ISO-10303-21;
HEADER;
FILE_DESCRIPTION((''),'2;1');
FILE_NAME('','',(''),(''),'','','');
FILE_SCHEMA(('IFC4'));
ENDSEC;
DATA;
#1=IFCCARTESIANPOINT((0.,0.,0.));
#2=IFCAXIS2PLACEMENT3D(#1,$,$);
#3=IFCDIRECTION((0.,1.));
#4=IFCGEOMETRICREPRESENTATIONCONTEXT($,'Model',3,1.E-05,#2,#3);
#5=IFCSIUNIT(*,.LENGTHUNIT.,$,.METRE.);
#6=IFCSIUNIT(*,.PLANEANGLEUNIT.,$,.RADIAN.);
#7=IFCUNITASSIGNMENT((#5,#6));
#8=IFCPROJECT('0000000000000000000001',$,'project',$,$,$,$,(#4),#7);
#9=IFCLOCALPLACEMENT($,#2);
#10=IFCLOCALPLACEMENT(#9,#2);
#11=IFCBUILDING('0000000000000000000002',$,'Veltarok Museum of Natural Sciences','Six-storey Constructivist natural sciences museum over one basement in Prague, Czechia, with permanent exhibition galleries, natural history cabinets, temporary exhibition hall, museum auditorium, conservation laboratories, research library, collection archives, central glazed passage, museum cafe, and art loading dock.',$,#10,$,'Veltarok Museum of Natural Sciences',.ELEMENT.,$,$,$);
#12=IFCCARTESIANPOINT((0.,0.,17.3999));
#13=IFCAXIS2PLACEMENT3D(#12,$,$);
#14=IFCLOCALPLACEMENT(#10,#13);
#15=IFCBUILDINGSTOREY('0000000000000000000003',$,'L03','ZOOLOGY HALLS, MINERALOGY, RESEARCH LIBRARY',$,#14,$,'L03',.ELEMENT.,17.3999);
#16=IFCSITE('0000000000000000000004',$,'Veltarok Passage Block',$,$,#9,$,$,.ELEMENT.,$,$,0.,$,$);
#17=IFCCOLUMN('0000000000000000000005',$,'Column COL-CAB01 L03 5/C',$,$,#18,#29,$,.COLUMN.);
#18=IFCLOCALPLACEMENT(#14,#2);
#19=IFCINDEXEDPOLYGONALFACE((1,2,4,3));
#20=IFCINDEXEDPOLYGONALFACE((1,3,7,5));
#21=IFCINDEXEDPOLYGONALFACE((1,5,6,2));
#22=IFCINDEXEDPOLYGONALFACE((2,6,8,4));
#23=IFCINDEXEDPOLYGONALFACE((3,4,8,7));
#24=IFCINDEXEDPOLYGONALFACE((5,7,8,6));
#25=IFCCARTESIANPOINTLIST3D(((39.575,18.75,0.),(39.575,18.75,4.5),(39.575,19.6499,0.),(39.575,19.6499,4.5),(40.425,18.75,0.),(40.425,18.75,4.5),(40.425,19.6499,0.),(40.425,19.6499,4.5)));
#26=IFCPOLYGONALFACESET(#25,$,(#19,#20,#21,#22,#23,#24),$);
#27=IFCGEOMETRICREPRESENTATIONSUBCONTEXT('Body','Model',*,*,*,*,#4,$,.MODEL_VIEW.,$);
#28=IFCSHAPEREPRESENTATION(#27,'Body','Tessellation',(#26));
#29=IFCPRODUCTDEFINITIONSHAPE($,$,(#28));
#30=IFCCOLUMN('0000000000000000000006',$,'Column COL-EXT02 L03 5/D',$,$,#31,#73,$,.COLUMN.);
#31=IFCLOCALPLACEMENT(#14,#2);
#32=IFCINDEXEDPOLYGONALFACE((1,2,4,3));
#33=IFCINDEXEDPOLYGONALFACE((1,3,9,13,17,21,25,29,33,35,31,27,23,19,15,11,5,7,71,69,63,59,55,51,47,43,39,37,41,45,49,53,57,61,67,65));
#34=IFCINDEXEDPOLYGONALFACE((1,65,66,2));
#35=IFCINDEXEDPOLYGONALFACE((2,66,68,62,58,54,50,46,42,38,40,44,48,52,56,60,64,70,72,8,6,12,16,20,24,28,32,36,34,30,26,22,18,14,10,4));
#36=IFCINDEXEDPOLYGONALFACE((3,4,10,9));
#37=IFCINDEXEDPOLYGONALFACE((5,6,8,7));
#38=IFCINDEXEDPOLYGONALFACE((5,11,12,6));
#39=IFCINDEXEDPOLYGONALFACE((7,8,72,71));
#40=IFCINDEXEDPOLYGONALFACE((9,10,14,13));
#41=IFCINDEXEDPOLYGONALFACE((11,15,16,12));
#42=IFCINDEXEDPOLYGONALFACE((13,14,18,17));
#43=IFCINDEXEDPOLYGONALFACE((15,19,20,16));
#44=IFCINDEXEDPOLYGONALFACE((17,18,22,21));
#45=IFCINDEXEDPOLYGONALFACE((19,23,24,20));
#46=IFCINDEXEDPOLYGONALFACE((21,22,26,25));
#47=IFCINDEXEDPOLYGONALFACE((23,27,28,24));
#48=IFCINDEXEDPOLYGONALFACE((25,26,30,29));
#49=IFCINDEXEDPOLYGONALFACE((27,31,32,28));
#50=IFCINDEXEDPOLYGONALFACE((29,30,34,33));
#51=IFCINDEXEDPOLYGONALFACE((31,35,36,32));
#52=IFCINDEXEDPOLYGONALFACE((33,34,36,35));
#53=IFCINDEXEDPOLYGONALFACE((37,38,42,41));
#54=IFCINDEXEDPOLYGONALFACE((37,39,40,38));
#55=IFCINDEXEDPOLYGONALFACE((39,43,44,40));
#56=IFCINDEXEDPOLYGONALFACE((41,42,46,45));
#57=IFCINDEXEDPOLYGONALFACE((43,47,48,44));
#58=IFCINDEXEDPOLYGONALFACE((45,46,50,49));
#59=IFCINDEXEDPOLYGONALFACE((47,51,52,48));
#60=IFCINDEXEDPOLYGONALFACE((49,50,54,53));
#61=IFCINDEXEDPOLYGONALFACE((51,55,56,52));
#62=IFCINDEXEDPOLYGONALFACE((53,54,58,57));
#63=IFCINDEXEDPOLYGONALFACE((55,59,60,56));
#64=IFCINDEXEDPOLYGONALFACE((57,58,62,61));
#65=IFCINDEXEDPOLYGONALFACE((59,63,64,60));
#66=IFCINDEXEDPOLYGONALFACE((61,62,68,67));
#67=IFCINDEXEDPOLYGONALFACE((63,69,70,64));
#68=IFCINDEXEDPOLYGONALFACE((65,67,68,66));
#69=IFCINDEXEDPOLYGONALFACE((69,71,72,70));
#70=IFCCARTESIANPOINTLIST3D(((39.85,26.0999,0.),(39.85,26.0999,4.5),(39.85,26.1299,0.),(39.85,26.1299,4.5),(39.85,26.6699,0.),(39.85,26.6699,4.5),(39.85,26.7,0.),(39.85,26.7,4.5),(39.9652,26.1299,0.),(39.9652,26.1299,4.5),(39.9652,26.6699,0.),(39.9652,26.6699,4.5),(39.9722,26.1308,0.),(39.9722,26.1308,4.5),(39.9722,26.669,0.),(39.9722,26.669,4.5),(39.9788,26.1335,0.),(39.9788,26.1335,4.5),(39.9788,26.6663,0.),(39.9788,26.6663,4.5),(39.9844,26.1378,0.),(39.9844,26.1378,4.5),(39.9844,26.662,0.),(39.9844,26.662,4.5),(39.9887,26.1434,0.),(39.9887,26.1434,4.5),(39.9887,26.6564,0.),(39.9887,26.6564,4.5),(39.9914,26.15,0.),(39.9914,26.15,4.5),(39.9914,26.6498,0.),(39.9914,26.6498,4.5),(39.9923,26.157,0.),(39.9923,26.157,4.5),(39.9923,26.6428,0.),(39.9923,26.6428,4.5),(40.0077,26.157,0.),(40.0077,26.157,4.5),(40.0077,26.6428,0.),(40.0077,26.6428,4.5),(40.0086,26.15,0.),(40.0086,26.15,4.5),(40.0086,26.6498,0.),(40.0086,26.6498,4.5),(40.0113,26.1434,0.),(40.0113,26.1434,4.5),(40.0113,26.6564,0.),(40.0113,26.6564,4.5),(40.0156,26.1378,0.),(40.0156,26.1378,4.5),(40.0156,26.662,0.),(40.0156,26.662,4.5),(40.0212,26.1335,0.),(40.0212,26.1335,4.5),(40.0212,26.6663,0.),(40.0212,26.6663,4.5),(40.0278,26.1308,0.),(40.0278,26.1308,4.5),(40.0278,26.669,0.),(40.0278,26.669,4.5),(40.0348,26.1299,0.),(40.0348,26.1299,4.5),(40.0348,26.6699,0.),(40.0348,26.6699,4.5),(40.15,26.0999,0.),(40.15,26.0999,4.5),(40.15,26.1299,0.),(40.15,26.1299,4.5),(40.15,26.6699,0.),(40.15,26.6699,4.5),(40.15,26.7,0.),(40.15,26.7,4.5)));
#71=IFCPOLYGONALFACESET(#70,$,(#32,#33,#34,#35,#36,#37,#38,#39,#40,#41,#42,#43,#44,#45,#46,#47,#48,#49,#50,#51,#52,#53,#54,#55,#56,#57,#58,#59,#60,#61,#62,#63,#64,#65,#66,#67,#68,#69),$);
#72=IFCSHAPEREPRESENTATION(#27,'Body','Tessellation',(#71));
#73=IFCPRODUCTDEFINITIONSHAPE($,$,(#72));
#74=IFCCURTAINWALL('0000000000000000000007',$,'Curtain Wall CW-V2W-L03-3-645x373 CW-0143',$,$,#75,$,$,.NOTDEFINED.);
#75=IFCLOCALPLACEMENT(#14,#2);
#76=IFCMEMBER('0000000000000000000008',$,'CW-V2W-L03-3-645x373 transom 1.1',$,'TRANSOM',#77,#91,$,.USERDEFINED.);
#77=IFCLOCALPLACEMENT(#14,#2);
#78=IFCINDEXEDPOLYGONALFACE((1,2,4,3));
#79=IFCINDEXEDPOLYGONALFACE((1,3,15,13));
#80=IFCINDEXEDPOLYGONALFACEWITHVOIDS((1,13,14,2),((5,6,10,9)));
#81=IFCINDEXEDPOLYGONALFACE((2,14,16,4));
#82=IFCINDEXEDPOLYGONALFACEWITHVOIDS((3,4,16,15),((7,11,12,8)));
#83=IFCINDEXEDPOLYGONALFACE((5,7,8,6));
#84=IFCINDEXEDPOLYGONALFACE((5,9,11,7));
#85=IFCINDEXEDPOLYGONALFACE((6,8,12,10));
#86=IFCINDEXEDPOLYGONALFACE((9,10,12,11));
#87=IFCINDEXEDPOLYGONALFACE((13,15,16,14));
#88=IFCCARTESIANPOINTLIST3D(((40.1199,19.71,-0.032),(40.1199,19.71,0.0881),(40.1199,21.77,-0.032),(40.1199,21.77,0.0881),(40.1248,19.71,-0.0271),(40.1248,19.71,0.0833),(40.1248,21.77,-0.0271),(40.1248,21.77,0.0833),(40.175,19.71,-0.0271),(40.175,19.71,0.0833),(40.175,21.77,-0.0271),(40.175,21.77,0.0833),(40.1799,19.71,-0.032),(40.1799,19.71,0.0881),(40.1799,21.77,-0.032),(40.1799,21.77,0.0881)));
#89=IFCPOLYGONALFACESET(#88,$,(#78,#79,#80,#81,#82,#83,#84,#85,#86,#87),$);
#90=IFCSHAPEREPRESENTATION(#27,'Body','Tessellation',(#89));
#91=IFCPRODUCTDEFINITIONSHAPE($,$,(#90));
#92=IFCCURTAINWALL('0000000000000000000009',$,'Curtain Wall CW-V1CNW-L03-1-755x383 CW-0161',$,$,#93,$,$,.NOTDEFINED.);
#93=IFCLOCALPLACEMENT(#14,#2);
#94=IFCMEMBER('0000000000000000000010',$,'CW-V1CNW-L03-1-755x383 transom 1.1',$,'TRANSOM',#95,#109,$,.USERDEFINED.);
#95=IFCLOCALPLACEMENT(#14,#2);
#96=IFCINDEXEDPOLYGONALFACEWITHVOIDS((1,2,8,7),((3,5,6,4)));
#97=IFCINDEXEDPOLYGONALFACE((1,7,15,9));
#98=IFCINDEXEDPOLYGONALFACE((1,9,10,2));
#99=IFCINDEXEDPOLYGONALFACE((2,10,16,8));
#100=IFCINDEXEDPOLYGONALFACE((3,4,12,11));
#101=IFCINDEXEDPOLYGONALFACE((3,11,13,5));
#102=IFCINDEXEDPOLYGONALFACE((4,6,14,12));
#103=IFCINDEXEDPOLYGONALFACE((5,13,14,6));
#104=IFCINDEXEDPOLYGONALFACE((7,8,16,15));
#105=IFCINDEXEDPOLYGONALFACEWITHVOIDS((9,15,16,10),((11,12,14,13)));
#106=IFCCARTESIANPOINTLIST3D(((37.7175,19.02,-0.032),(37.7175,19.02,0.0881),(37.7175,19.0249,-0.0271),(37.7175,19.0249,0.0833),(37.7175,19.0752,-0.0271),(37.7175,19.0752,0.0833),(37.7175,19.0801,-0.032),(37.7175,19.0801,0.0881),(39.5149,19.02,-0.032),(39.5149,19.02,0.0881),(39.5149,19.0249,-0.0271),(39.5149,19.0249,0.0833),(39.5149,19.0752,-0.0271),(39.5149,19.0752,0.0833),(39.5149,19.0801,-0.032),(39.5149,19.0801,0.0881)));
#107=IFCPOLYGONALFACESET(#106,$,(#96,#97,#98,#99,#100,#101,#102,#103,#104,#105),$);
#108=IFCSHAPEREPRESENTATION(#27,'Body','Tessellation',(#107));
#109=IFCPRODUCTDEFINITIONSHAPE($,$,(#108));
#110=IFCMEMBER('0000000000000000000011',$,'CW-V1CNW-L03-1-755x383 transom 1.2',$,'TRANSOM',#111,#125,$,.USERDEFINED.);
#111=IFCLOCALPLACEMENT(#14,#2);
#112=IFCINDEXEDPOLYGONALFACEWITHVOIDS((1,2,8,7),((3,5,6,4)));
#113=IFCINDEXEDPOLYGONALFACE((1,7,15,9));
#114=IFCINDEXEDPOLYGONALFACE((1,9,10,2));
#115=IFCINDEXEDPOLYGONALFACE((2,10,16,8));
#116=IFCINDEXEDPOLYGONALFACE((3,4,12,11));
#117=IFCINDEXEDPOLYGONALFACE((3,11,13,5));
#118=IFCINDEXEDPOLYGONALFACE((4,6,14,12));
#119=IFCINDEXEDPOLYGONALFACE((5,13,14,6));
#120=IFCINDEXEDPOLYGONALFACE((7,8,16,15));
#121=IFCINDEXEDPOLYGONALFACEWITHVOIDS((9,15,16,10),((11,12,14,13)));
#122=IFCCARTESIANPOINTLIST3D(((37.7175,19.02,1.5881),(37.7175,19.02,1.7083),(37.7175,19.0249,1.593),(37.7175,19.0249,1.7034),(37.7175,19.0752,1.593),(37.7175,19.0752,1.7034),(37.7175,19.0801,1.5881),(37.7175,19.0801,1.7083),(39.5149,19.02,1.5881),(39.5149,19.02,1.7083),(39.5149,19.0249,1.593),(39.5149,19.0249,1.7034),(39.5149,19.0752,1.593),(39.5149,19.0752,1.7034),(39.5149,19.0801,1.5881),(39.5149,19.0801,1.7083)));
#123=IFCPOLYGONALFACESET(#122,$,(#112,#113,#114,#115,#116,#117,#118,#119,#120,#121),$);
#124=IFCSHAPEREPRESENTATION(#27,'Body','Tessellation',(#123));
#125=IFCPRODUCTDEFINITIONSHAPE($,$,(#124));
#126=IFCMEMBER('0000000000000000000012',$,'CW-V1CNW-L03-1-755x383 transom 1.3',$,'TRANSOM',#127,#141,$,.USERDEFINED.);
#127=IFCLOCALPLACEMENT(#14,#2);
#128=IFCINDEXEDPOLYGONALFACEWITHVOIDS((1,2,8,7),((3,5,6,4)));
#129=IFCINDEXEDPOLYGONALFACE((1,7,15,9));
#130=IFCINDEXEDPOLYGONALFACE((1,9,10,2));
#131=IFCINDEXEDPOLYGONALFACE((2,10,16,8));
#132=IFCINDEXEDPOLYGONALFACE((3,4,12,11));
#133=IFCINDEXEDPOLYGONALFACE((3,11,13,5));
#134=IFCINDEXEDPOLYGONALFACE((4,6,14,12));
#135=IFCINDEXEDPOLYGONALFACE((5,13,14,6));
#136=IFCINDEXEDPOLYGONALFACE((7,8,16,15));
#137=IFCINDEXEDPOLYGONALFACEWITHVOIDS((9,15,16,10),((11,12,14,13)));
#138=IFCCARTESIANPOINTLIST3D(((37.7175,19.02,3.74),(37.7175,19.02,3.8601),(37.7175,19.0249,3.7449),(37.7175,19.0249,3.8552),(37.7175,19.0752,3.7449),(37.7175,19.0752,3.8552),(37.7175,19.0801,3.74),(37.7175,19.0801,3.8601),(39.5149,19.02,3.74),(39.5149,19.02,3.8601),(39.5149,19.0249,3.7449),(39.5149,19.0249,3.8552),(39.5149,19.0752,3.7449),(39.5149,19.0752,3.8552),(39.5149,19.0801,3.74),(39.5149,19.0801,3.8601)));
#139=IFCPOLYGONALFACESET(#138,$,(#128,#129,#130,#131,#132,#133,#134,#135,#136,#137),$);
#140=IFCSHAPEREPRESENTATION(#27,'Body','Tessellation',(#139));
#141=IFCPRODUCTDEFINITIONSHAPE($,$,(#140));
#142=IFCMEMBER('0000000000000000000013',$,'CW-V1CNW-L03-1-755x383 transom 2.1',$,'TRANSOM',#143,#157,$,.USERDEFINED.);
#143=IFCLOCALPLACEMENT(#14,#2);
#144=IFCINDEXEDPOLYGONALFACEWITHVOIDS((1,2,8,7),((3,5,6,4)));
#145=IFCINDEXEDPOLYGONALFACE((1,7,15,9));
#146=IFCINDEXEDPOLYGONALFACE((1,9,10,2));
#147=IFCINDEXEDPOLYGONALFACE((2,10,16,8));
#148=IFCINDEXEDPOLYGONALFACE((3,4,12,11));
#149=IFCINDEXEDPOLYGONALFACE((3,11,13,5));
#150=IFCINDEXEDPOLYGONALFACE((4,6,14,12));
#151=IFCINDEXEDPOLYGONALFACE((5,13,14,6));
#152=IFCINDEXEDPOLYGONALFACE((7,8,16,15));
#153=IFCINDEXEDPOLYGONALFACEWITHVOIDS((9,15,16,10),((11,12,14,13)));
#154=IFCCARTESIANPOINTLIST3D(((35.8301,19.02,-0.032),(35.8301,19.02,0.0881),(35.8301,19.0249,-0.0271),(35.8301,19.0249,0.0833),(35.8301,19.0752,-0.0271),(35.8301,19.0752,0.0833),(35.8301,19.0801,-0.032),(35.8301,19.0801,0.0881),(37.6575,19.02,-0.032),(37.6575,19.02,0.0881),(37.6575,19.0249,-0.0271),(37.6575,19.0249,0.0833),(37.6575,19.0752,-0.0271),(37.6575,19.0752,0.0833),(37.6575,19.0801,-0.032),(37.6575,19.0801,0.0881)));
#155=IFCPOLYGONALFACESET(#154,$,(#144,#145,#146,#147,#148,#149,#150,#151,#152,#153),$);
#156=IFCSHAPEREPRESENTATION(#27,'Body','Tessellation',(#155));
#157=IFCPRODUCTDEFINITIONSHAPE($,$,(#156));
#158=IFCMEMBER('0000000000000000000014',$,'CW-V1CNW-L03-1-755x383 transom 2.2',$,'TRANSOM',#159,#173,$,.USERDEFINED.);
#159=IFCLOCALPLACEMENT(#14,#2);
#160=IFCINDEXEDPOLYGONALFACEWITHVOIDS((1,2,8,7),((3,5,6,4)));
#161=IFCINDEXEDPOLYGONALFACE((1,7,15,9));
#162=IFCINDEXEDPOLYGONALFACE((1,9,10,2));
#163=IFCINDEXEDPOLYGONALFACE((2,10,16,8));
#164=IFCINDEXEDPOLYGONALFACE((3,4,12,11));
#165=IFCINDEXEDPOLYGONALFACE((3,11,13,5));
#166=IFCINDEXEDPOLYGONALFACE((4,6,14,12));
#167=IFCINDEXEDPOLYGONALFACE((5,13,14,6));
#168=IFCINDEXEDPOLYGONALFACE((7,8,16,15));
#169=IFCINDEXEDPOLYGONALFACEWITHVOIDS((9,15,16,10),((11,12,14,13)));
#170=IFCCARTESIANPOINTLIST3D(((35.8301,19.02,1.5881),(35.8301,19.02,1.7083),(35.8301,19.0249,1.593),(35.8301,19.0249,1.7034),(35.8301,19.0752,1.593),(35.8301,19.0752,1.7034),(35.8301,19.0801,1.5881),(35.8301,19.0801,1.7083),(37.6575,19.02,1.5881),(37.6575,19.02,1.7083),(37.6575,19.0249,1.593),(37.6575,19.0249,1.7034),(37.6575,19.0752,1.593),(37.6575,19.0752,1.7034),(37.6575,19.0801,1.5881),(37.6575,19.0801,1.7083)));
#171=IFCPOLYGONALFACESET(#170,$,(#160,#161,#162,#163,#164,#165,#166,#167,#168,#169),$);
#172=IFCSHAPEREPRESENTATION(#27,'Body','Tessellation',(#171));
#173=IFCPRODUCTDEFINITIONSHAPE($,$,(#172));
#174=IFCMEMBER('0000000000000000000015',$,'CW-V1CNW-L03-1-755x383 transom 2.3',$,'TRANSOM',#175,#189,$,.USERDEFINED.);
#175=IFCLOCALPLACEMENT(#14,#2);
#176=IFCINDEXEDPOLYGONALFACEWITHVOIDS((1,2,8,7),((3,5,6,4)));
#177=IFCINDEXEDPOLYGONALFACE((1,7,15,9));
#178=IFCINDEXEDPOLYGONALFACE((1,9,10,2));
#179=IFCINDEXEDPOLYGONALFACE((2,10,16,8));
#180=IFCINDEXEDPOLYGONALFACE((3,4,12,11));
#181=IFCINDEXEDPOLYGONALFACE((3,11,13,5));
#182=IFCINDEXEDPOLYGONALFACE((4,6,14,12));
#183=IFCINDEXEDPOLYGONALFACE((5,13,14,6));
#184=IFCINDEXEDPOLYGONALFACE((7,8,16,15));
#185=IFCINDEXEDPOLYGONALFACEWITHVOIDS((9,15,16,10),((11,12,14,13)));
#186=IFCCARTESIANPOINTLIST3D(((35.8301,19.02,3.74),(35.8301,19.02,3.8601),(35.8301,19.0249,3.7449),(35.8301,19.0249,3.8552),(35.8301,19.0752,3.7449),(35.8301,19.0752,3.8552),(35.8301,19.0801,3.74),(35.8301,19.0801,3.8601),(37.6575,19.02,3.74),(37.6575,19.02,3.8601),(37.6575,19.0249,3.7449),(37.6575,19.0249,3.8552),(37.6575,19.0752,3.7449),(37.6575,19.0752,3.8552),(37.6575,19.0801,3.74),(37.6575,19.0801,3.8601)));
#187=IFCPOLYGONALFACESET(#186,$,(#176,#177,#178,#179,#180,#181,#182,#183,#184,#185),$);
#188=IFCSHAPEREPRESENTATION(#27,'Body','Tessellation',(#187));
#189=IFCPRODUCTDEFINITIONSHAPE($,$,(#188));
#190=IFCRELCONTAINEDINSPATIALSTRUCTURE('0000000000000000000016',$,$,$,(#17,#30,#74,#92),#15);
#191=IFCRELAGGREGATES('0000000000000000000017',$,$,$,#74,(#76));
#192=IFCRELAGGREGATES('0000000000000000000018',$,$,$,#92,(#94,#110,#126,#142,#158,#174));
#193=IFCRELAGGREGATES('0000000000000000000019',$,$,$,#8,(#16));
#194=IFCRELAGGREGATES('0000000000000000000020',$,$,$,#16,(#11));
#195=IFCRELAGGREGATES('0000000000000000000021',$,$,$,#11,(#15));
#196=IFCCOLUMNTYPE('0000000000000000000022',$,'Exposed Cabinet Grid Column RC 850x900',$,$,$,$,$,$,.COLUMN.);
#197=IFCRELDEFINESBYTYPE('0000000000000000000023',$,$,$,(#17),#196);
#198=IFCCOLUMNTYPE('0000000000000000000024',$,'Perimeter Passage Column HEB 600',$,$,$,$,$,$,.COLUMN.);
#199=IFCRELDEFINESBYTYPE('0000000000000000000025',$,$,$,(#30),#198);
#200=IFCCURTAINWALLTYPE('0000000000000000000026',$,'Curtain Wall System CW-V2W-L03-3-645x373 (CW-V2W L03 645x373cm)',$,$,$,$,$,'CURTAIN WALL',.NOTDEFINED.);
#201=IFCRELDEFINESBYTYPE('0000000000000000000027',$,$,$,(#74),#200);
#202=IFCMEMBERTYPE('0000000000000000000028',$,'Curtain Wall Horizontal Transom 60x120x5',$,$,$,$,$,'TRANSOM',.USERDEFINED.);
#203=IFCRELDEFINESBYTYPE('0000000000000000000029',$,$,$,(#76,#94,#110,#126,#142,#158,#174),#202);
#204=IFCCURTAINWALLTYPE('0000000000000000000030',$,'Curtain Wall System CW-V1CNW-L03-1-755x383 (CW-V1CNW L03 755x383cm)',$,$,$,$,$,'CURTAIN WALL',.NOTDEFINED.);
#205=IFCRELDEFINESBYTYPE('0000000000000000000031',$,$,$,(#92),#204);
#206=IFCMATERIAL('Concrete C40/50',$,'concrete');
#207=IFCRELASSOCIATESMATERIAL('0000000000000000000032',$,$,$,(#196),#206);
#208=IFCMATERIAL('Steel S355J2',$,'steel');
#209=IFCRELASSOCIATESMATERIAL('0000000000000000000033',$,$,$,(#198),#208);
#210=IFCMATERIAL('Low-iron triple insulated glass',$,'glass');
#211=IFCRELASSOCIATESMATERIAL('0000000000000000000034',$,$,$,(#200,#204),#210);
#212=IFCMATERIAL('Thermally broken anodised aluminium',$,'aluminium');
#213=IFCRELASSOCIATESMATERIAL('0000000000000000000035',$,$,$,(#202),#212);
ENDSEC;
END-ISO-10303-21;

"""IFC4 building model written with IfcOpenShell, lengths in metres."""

from ifc_helpers import new_model, si_unit, direction, frame, origin, origin_2d, place, context, subcontext, project, spatial, rectangle, hollow_rectangle, i_section, extrude, material, material_profile, profile_set, type_object, element, aggregate, save


model = new_model("IFC4")

# Units and contexts
model_context = context("Model", 3, precision=1e-05, world=origin(), true_north=direction((0.0, 1.0)))
body_context = subcontext(model_context, "Body", "Model", "MODEL_VIEW")
ifc_project = project(units=[si_unit("LENGTHUNIT", "METRE"), si_unit("PLANEANGLEUNIT", "RADIAN")], contexts=[model_context])

# Site, building, storey
site_placement = place(None, origin())
site = spatial("IfcSite", under=ifc_project, at=site_placement, Name="Veltarok Passage Block", CompositionType="ELEMENT", RefElevation=0.0)
building_placement = place(site_placement, origin())
building = spatial("IfcBuilding", under=site, at=building_placement, Name="Veltarok Museum of Natural Sciences", Description="Six-storey Constructivist natural sciences museum over one basement in Prague, Czechia, with permanent exhibition galleries, natural history cabinets, temporary exhibition hall, museum auditorium, conservation laboratories, research library, collection archives, central glazed passage, museum cafe, and art loading dock.", LongName="Veltarok Museum of Natural Sciences", CompositionType="ELEMENT")
storey_placement = place(building_placement, frame((0.0, 0.0, 17.3999)))
storey = spatial("IfcBuildingStorey", under=building, at=storey_placement, Name="L03", Description="ZOOLOGY HALLS, MINERALOGY, RESEARCH LIBRARY", LongName="L03", CompositionType="ELEMENT", Elevation=17.3999)

# Columns
ifc_material_1 = material(Name="Concrete C40/50", Category="concrete")
ifc_material_profile_1 = material_profile(ifc_material_1, rectangle(XDim=0.8501, YDim=0.8999, at=origin_2d()), Name="RC 850x900")
ifc_profile_set_1 = profile_set([ifc_material_profile_1], Name="Concrete C40/50")
column_type_1 = type_object("IfcColumnType", Name="Exposed Cabinet Grid Column RC 850x900", PredefinedType="COLUMN", material=ifc_profile_set_1)
column_1_placement = place(storey_placement, frame((40.0, 19.2, 0.0), z_axis=(0.0, 0.0, 1.0), x_axis=(1.0, 0.0, 0.0)))
element("IfcColumn", 1, at=column_1_placement, inside=storey, type_object=column_type_1, Name="Column COL-CAB01 L03 5/C", PredefinedType="COLUMN", context=body_context, shape_type="SweptSolid", body=[
    extrude(rectangle(XDim=0.8501, YDim=0.8999, at=origin_2d()), origin(), (0.0, 0.0, 1.0), 4.5),
])
ifc_material_2 = material(Name="Steel S355J2", Category="steel")
ifc_material_profile_2 = material_profile(ifc_material_2, i_section(OverallWidth=0.3, OverallDepth=0.6001, WebThickness=0.0154, FlangeThickness=0.03, FilletRadius=0.0271, at=origin_2d()), Name="HEB 600")
ifc_profile_set_2 = profile_set([ifc_material_profile_2], Name="Steel S355J2")
column_type_2 = type_object("IfcColumnType", Name="Perimeter Passage Column HEB 600", PredefinedType="COLUMN", material=ifc_profile_set_2)
column_2_placement = place(storey_placement, frame((40.0, 26.3999, 0.0), z_axis=(0.0, 0.0, 1.0), x_axis=(1.0, 0.0, 0.0)))
element("IfcColumn", 2, at=column_2_placement, inside=storey, type_object=column_type_2, Name="Column COL-EXT02 L03 5/D", PredefinedType="COLUMN", context=body_context, shape_type="SweptSolid", body=[
    extrude(i_section(OverallWidth=0.3, OverallDepth=0.6001, WebThickness=0.0154, FlangeThickness=0.03, FilletRadius=0.0271, at=origin_2d()), origin(), (0.0, 0.0, 1.0), 4.5),
])

# Curtain wall, member
ifc_material_3 = material(Name="Low-iron triple insulated glass", Category="glass")
curtain_wall_type_1 = type_object("IfcCurtainWallType", Name="Curtain Wall System CW-V2W-L03-3-645x373 (CW-V2W L03 645x373cm)", ElementType="CURTAIN WALL", PredefinedType="NOTDEFINED", material=ifc_material_3)
curtain_wall_1_placement = place(storey_placement, origin())
curtain_wall_1 = element("IfcCurtainWall", 3, at=curtain_wall_1_placement, inside=storey, type_object=curtain_wall_type_1, Name="Curtain Wall CW-V2W-L03-3-645x373 CW-0143", PredefinedType="NOTDEFINED")
ifc_material_4 = material(Name="Thermally broken anodised aluminium", Category="aluminium")
ifc_material_profile_3 = material_profile(ifc_material_4, hollow_rectangle(XDim=0.0601, YDim=0.1201, WallThickness=0.0049, at=origin_2d()), Name="CW TRANSOM 60x120x5")
ifc_profile_set_3 = profile_set([ifc_material_profile_3], Name="Thermally broken anodised aluminium")
member_type_1 = type_object("IfcMemberType", Name="Curtain Wall Horizontal Transom 60x120x5", ElementType="TRANSOM", PredefinedType="USERDEFINED", material=ifc_profile_set_3)
member_1_placement = place(storey_placement, frame((40.1499, 19.71, 0.0281), z_axis=(0.0, 1.0, 0.0), x_axis=(-1.0, 0.0, 0.0)))
member_1 = element("IfcMember", 4, at=member_1_placement, type_object=member_type_1, Name="CW-V2W-L03-3-645x373 transom 1.1", ObjectType="TRANSOM", PredefinedType="USERDEFINED", context=body_context, shape_type="SweptSolid", body=[
    extrude(hollow_rectangle(XDim=0.0601, YDim=0.1201, WallThickness=0.0049, at=origin_2d()), origin(), (0.0, 0.0, 1.0), 2.0601),
])

# Curtain wall, members
curtain_wall_type_2 = type_object("IfcCurtainWallType", Name="Curtain Wall System CW-V1CNW-L03-1-755x383 (CW-V1CNW L03 755x383cm)", ElementType="CURTAIN WALL", PredefinedType="NOTDEFINED", material=ifc_material_3)
curtain_wall_2_placement = place(storey_placement, origin())
curtain_wall_2 = element("IfcCurtainWall", 5, at=curtain_wall_2_placement, inside=storey, type_object=curtain_wall_type_2, Name="Curtain Wall CW-V1CNW-L03-1-755x383 CW-0161", PredefinedType="NOTDEFINED")
member_2_placement = place(storey_placement, frame((39.5149, 19.05, 0.0281), z_axis=(-1.0, 0.0, 0.0), x_axis=(0.0, -1.0, 0.0)))
member_2 = element("IfcMember", 6, at=member_2_placement, type_object=member_type_1, Name="CW-V1CNW-L03-1-755x383 transom 1.1", ObjectType="TRANSOM", PredefinedType="USERDEFINED", context=body_context, shape_type="SweptSolid", body=[
    extrude(hollow_rectangle(XDim=0.0601, YDim=0.1201, WallThickness=0.0049, at=origin_2d()), origin(), (0.0, 0.0, 1.0), 1.7974),
])
member_3_placement = place(storey_placement, frame((39.5149, 19.05, 1.6482), z_axis=(-1.0, 0.0, 0.0), x_axis=(0.0, -1.0, 0.0)))
member_3 = element("IfcMember", 7, at=member_3_placement, type_object=member_type_1, Name="CW-V1CNW-L03-1-755x383 transom 1.2", ObjectType="TRANSOM", PredefinedType="USERDEFINED", context=body_context, shape_type="SweptSolid", body=[
    extrude(hollow_rectangle(XDim=0.0601, YDim=0.1201, WallThickness=0.0049, at=origin_2d()), origin(), (0.0, 0.0, 1.0), 1.7974),
])
member_4_placement = place(storey_placement, frame((39.5149, 19.05, 3.8), z_axis=(-1.0, 0.0, 0.0), x_axis=(0.0, -1.0, 0.0)))
member_4 = element("IfcMember", 8, at=member_4_placement, type_object=member_type_1, Name="CW-V1CNW-L03-1-755x383 transom 1.3", ObjectType="TRANSOM", PredefinedType="USERDEFINED", context=body_context, shape_type="SweptSolid", body=[
    extrude(hollow_rectangle(XDim=0.0601, YDim=0.1201, WallThickness=0.0049, at=origin_2d()), origin(), (0.0, 0.0, 1.0), 1.7974),
])
member_5_placement = place(storey_placement, frame((37.6575, 19.05, 0.0281), z_axis=(-1.0, 0.0, 0.0), x_axis=(0.0, -1.0, 0.0)))
member_5 = element("IfcMember", 9, at=member_5_placement, type_object=member_type_1, Name="CW-V1CNW-L03-1-755x383 transom 2.1", ObjectType="TRANSOM", PredefinedType="USERDEFINED", context=body_context, shape_type="SweptSolid", body=[
    extrude(hollow_rectangle(XDim=0.0601, YDim=0.1201, WallThickness=0.0049, at=origin_2d()), origin(), (0.0, 0.0, 1.0), 1.8274),
])
member_6_placement = place(storey_placement, frame((37.6575, 19.05, 1.6482), z_axis=(-1.0, 0.0, 0.0), x_axis=(0.0, -1.0, 0.0)))
member_6 = element("IfcMember", 10, at=member_6_placement, type_object=member_type_1, Name="CW-V1CNW-L03-1-755x383 transom 2.2", ObjectType="TRANSOM", PredefinedType="USERDEFINED", context=body_context, shape_type="SweptSolid", body=[
    extrude(hollow_rectangle(XDim=0.0601, YDim=0.1201, WallThickness=0.0049, at=origin_2d()), origin(), (0.0, 0.0, 1.0), 1.8274),
])
member_7_placement = place(storey_placement, frame((37.6575, 19.05, 3.8), z_axis=(-1.0, 0.0, 0.0), x_axis=(0.0, -1.0, 0.0)))
member_7 = element("IfcMember", 11, at=member_7_placement, type_object=member_type_1, Name="CW-V1CNW-L03-1-755x383 transom 2.3", ObjectType="TRANSOM", PredefinedType="USERDEFINED", context=body_context, shape_type="SweptSolid", body=[
    extrude(hollow_rectangle(XDim=0.0601, YDim=0.1201, WallThickness=0.0049, at=origin_2d()), origin(), (0.0, 0.0, 1.0), 1.8274),
])

aggregate(curtain_wall_1, [member_1])

aggregate(curtain_wall_2, [member_2, member_3, member_4, member_5, member_6, member_7])

save(model, "model.ifc")
